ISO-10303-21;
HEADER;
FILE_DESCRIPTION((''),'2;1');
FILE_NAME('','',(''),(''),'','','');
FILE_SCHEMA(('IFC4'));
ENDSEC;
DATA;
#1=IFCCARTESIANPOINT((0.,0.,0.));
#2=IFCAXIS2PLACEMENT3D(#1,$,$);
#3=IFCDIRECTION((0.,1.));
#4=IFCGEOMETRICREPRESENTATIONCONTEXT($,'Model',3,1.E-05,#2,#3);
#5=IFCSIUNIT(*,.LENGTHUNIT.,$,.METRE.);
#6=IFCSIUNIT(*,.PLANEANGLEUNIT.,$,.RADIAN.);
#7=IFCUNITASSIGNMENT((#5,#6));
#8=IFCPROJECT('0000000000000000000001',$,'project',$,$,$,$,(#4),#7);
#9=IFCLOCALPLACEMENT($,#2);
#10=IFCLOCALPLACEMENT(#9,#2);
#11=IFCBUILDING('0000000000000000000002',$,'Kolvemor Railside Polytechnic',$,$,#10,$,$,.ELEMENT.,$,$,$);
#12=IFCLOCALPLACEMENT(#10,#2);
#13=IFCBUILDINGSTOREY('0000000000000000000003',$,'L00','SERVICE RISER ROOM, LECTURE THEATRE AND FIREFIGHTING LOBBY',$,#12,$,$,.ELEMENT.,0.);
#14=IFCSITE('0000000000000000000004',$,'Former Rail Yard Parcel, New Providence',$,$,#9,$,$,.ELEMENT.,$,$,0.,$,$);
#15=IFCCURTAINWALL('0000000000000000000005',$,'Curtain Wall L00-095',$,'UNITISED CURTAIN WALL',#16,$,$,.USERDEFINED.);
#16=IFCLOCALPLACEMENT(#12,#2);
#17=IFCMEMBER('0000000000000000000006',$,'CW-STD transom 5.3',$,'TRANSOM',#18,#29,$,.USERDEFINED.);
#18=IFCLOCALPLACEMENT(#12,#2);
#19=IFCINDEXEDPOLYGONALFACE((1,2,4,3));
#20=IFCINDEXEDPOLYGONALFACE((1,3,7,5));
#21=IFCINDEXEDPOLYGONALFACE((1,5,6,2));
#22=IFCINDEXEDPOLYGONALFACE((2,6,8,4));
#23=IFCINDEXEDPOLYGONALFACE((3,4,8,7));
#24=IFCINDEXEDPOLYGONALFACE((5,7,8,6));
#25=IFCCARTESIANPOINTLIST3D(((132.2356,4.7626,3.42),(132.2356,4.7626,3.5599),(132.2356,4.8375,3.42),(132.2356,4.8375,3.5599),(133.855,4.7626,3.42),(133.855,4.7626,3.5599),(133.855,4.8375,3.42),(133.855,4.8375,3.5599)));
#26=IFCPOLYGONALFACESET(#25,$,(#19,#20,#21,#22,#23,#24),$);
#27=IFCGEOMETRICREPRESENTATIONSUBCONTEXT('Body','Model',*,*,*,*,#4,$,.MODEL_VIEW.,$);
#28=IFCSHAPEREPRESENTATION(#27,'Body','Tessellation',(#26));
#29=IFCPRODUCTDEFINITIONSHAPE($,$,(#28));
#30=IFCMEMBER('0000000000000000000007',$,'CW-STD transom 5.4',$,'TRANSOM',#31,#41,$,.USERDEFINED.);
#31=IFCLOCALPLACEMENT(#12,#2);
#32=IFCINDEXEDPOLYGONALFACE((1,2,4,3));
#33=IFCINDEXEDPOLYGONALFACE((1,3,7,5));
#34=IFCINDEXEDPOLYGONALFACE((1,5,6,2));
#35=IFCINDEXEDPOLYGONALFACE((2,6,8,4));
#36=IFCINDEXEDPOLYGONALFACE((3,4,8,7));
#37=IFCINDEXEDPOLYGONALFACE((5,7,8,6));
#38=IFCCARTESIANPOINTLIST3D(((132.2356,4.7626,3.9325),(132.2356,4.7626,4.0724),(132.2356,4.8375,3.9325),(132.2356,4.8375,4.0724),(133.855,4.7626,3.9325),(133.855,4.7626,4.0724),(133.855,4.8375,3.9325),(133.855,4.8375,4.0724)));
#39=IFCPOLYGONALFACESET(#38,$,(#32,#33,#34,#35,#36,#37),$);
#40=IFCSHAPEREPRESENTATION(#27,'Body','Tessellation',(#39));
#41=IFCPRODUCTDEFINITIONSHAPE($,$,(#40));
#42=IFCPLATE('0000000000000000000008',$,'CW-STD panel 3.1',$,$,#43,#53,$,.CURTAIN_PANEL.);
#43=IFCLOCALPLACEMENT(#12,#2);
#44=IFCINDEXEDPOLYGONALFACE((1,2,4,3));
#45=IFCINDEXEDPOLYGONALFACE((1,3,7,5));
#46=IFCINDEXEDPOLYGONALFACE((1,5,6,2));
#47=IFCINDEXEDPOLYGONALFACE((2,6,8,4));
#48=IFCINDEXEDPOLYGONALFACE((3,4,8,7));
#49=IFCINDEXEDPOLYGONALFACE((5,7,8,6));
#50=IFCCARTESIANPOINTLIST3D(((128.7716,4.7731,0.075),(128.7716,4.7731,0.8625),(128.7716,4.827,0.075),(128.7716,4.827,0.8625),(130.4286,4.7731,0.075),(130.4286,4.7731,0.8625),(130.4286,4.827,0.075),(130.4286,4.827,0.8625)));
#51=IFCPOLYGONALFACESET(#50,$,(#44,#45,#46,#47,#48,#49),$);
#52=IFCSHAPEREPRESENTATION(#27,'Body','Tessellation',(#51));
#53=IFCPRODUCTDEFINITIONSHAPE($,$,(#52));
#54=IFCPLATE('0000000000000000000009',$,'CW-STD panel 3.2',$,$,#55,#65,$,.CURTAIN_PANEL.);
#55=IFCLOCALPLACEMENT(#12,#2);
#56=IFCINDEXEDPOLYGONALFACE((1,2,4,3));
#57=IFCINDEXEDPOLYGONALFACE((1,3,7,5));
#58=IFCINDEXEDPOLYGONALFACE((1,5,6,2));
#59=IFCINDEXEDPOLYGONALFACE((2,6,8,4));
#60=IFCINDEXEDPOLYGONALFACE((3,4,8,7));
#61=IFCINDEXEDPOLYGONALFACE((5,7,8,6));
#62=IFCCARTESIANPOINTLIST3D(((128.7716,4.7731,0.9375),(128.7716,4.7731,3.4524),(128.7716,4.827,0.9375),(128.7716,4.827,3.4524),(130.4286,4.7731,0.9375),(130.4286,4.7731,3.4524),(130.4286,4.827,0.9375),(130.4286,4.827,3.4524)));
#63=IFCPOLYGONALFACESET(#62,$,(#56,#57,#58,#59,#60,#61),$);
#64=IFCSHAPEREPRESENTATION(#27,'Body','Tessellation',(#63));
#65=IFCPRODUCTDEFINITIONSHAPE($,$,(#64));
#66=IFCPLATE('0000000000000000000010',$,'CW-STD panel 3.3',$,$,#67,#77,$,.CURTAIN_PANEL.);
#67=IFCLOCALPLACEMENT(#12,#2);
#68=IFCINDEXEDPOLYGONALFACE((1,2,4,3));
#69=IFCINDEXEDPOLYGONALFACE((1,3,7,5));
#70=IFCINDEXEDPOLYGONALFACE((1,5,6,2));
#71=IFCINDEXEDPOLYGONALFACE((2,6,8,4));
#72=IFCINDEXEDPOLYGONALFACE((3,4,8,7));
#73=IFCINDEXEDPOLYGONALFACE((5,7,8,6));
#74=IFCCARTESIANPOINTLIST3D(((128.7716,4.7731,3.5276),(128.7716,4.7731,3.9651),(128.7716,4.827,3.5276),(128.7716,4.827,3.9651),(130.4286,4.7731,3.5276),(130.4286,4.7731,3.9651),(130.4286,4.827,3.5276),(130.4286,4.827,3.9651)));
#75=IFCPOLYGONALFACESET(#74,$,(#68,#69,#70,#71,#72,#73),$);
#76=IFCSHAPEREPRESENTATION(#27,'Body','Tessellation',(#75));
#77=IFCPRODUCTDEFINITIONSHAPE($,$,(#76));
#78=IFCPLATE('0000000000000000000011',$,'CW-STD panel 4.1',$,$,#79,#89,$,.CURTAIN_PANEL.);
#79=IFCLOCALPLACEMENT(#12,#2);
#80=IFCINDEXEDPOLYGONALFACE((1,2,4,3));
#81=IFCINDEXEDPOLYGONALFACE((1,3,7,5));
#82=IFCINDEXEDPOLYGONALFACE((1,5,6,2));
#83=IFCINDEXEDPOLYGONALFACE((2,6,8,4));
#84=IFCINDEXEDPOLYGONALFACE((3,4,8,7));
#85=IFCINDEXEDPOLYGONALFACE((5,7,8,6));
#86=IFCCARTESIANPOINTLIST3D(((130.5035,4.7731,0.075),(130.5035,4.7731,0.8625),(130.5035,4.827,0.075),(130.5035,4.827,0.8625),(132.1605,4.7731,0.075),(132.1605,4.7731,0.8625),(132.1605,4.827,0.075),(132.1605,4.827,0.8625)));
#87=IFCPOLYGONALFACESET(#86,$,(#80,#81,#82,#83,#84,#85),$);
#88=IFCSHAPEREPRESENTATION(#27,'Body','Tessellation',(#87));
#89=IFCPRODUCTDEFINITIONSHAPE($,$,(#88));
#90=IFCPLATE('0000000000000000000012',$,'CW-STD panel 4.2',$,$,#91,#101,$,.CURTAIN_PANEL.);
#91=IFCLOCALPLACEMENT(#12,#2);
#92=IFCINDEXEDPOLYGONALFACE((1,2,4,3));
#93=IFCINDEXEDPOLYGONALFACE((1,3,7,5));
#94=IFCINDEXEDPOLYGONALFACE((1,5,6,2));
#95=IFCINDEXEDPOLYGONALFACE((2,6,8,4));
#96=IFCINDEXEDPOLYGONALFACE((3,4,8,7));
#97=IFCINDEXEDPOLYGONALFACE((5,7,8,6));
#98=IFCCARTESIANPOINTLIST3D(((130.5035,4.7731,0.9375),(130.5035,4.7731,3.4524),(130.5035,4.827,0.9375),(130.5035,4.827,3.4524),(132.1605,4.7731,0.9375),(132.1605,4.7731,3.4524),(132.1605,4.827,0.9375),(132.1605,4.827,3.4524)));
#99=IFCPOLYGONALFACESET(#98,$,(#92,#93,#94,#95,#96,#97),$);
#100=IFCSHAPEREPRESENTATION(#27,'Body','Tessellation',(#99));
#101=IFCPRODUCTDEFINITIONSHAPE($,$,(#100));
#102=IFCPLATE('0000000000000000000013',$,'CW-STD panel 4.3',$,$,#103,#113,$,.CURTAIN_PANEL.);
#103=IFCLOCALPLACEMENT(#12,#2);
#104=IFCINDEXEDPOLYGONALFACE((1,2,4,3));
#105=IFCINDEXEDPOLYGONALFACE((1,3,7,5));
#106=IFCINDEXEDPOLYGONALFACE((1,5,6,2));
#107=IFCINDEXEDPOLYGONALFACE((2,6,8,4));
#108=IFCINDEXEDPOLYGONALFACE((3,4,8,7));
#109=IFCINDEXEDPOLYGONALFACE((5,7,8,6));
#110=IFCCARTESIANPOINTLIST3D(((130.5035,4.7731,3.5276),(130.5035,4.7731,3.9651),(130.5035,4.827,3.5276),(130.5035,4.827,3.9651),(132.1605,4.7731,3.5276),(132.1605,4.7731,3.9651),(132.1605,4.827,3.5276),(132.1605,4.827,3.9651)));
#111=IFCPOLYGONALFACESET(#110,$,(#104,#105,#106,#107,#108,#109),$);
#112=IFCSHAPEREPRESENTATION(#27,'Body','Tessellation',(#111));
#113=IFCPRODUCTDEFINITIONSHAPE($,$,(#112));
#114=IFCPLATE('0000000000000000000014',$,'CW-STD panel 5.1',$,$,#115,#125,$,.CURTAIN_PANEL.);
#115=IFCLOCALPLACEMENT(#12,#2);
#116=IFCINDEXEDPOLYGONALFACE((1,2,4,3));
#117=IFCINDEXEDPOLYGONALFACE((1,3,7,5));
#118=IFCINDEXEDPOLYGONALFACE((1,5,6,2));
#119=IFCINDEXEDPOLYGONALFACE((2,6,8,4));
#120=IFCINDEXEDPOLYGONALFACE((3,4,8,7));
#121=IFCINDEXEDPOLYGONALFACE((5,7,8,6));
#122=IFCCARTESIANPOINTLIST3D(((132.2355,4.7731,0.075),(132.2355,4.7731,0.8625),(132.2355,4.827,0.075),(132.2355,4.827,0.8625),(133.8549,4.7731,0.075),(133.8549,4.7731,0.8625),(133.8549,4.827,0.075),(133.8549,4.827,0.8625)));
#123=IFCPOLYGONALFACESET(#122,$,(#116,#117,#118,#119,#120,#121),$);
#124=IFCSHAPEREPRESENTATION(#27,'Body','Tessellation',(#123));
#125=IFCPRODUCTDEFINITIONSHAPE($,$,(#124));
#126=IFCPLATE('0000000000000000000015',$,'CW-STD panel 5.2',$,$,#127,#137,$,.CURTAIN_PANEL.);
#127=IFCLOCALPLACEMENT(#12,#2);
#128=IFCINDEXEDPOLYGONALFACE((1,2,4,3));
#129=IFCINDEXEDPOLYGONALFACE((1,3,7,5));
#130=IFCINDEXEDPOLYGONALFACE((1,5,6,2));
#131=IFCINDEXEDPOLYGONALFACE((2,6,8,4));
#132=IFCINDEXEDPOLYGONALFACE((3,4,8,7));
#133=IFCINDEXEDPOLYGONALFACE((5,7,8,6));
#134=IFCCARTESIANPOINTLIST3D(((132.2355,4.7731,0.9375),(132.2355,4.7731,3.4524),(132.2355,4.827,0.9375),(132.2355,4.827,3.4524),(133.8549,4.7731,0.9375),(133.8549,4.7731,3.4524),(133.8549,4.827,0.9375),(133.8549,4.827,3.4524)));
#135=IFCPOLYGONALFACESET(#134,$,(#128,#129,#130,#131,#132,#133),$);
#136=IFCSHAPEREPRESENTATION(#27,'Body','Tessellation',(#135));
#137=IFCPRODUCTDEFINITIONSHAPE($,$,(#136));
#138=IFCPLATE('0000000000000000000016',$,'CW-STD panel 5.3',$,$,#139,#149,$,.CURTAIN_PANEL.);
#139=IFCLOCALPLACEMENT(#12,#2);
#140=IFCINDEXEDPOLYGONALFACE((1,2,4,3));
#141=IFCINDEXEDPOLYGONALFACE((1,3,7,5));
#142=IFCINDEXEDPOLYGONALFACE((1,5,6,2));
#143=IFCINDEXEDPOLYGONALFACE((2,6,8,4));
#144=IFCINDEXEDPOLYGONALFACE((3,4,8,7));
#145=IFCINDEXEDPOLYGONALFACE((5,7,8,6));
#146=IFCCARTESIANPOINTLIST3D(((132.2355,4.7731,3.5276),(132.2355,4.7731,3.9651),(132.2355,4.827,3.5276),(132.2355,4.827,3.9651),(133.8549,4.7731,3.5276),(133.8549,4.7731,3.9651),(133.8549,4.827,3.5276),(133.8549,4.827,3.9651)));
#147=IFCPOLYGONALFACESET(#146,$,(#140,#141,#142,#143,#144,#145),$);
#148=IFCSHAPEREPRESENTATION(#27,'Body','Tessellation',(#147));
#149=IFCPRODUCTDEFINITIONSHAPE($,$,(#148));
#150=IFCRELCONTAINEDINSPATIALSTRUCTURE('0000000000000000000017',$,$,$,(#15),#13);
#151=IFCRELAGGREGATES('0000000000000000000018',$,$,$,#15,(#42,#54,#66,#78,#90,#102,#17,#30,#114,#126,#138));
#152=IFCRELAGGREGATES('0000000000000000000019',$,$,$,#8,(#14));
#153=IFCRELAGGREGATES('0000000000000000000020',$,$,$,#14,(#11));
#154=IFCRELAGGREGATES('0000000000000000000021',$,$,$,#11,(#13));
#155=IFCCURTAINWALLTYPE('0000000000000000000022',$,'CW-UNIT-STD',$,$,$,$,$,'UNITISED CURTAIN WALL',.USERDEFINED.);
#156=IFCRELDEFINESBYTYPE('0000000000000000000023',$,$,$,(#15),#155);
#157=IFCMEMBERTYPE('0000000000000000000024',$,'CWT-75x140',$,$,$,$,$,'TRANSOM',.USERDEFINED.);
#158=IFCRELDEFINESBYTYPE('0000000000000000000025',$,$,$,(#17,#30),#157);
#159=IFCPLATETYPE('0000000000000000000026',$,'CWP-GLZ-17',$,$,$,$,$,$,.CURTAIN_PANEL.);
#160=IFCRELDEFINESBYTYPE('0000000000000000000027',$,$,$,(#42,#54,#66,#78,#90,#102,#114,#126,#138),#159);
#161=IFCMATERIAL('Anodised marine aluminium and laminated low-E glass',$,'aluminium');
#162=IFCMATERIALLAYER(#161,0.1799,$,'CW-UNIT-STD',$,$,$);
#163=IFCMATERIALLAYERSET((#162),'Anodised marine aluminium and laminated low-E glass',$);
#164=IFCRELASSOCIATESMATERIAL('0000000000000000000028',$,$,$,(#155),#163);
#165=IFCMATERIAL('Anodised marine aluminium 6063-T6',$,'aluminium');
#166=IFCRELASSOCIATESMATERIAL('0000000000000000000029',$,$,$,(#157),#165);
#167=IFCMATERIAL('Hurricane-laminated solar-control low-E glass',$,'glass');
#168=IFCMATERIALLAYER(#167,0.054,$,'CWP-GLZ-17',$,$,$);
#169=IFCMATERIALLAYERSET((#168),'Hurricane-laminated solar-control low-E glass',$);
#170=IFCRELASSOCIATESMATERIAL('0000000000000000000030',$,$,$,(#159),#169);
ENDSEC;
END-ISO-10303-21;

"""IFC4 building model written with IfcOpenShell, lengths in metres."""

from ifc_helpers import new_model, si_unit, direction, frame, origin, origin_2d, place, context, subcontext, project, spatial, rectangle, extrude, material, layer, layer_set, material_profile, profile_set, type_object, element, aggregate, save


model = new_model("IFC4")

# Units and contexts
model_context = context("Model", 3, precision=1e-05, world=origin(), true_north=direction((0.0, 1.0)))
body_context = subcontext(model_context, "Body", "Model", "MODEL_VIEW")
ifc_project = project(units=[si_unit("LENGTHUNIT", "METRE"), si_unit("PLANEANGLEUNIT", "RADIAN")], contexts=[model_context])

# Site, building, storey
site_placement = place(None, origin())
site = spatial("IfcSite", under=ifc_project, at=site_placement, Name="Former Rail Yard Parcel, New Providence", CompositionType="ELEMENT", RefElevation=0.0)
building_placement = place(site_placement, origin())
building = spatial("IfcBuilding", under=site, at=building_placement, Name="Kolvemor Railside Polytechnic", CompositionType="ELEMENT")
storey_placement = place(building_placement, origin())
storey = spatial("IfcBuildingStorey", under=building, at=storey_placement, Name="L00", Description="SERVICE RISER ROOM, LECTURE THEATRE AND FIREFIGHTING LOBBY", CompositionType="ELEMENT", Elevation=0.0)

# Curtain wall, members, plates
ifc_material_1 = material(Name="Anodised marine aluminium and laminated low-E glass", Category="aluminium")
ifc_layer_1 = layer(ifc_material_1, 0.1799, Name="CW-UNIT-STD")
ifc_layer_set_1 = layer_set([ifc_layer_1], Name="Anodised marine aluminium and laminated low-E glass")
curtain_wall_type = type_object("IfcCurtainWallType", Name="CW-UNIT-STD", ElementType="UNITISED CURTAIN WALL", PredefinedType="USERDEFINED", material=ifc_layer_set_1)
curtain_wall_placement = place(storey_placement, origin())
curtain_wall = element("IfcCurtainWall", 1, at=curtain_wall_placement, inside=storey, type_object=curtain_wall_type, Name="Curtain Wall L00-095", ObjectType="UNITISED CURTAIN WALL", PredefinedType="USERDEFINED")
ifc_material_2 = material(Name="Anodised marine aluminium 6063-T6", Category="aluminium")
ifc_material_profile_1 = material_profile(ifc_material_2, rectangle(XDim=0.075, YDim=0.1399, at=origin_2d()), Name="CW-TRN-75x140")
ifc_profile_set_1 = profile_set([ifc_material_profile_1], Name="Anodised marine aluminium 6063-T6")
member_type_1 = type_object("IfcMemberType", Name="CWT-75x140", ElementType="TRANSOM", PredefinedType="USERDEFINED", material=ifc_profile_set_1)
member_1_placement = place(storey_placement, frame((132.2356, 4.8, 3.49), z_axis=(1.0, 0.0, 0.0), x_axis=(0.0, 1.0, 0.0)))
member_1 = element("IfcMember", 2, at=member_1_placement, type_object=member_type_1, Name="CW-STD transom 5.3", ObjectType="TRANSOM", PredefinedType="USERDEFINED", context=body_context, shape_type="SweptSolid", body=[
    extrude(rectangle(XDim=0.075, YDim=0.1399, at=origin_2d()), origin(), (0.0, 0.0, 1.0), 1.6194),
])
member_2_placement = place(storey_placement, frame((132.2356, 4.8, 4.0024), z_axis=(1.0, 0.0, 0.0), x_axis=(0.0, 1.0, 0.0)))
member_2 = element("IfcMember", 3, at=member_2_placement, type_object=member_type_1, Name="CW-STD transom 5.4", ObjectType="TRANSOM", PredefinedType="USERDEFINED", context=body_context, shape_type="SweptSolid", body=[
    extrude(rectangle(XDim=0.075, YDim=0.1399, at=origin_2d()), origin(), (0.0, 0.0, 1.0), 1.6194),
])
ifc_material_3 = material(Name="Hurricane-laminated solar-control low-E glass", Category="glass")
ifc_layer_2 = layer(ifc_material_3, 0.054, Name="CWP-GLZ-17")
ifc_layer_set_2 = layer_set([ifc_layer_2], Name="Hurricane-laminated solar-control low-E glass")
plate_type = type_object("IfcPlateType", Name="CWP-GLZ-17", PredefinedType="CURTAIN_PANEL", material=ifc_layer_set_2)
plate_1_placement = place(storey_placement, frame((129.6001, 4.8, 0.075), z_axis=(0.0, 0.0, 1.0), x_axis=(1.0, 0.0, 0.0)))
plate_1 = element("IfcPlate", 4, at=plate_1_placement, type_object=plate_type, Name="CW-STD panel 3.1", PredefinedType="CURTAIN_PANEL", context=body_context, shape_type="SweptSolid", body=[
    extrude(rectangle(XDim=1.657, YDim=0.054, at=origin_2d()), origin(), (0.0, 0.0, 1.0), 0.7876),
])
plate_2_placement = place(storey_placement, frame((129.6001, 4.8, 0.9375), z_axis=(0.0, 0.0, 1.0), x_axis=(1.0, 0.0, 0.0)))
plate_2 = element("IfcPlate", 5, at=plate_2_placement, type_object=plate_type, Name="CW-STD panel 3.2", PredefinedType="CURTAIN_PANEL", context=body_context, shape_type="SweptSolid", body=[
    extrude(rectangle(XDim=1.657, YDim=0.054, at=origin_2d()), origin(), (0.0, 0.0, 1.0), 2.5149),
])
plate_3_placement = place(storey_placement, frame((129.6001, 4.8, 3.5276), z_axis=(0.0, 0.0, 1.0), x_axis=(1.0, 0.0, 0.0)))
plate_3 = element("IfcPlate", 6, at=plate_3_placement, type_object=plate_type, Name="CW-STD panel 3.3", PredefinedType="CURTAIN_PANEL", context=body_context, shape_type="SweptSolid", body=[
    extrude(rectangle(XDim=1.657, YDim=0.054, at=origin_2d()), origin(), (0.0, 0.0, 1.0), 0.4375),
])
plate_4_placement = place(storey_placement, frame((131.332, 4.8, 0.075), z_axis=(0.0, 0.0, 1.0), x_axis=(1.0, 0.0, 0.0)))
plate_4 = element("IfcPlate", 7, at=plate_4_placement, type_object=plate_type, Name="CW-STD panel 4.1", PredefinedType="CURTAIN_PANEL", context=body_context, shape_type="SweptSolid", body=[
    extrude(rectangle(XDim=1.657, YDim=0.054, at=origin_2d()), origin(), (0.0, 0.0, 1.0), 0.7876),
])
plate_5_placement = place(storey_placement, frame((131.332, 4.8, 0.9375), z_axis=(0.0, 0.0, 1.0), x_axis=(1.0, 0.0, 0.0)))
plate_5 = element("IfcPlate", 8, at=plate_5_placement, type_object=plate_type, Name="CW-STD panel 4.2", PredefinedType="CURTAIN_PANEL", context=body_context, shape_type="SweptSolid", body=[
    extrude(rectangle(XDim=1.657, YDim=0.054, at=origin_2d()), origin(), (0.0, 0.0, 1.0), 2.5149),
])
plate_6_placement = place(storey_placement, frame((131.332, 4.8, 3.5276), z_axis=(0.0, 0.0, 1.0), x_axis=(1.0, 0.0, 0.0)))
plate_6 = element("IfcPlate", 9, at=plate_6_placement, type_object=plate_type, Name="CW-STD panel 4.3", PredefinedType="CURTAIN_PANEL", context=body_context, shape_type="SweptSolid", body=[
    extrude(rectangle(XDim=1.657, YDim=0.054, at=origin_2d()), origin(), (0.0, 0.0, 1.0), 0.4375),
])
plate_7_placement = place(storey_placement, frame((133.0452, 4.8, 0.075), z_axis=(0.0, 0.0, 1.0), x_axis=(1.0, 0.0, 0.0)))
plate_7 = element("IfcPlate", 10, at=plate_7_placement, type_object=plate_type, Name="CW-STD panel 5.1", PredefinedType="CURTAIN_PANEL", context=body_context, shape_type="SweptSolid", body=[
    extrude(rectangle(XDim=1.6194, YDim=0.054, at=origin_2d()), origin(), (0.0, 0.0, 1.0), 0.7876),
])
plate_8_placement = place(storey_placement, frame((133.0452, 4.8, 0.9375), z_axis=(0.0, 0.0, 1.0), x_axis=(1.0, 0.0, 0.0)))
plate_8 = element("IfcPlate", 11, at=plate_8_placement, type_object=plate_type, Name="CW-STD panel 5.2", PredefinedType="CURTAIN_PANEL", context=body_context, shape_type="SweptSolid", body=[
    extrude(rectangle(XDim=1.6194, YDim=0.054, at=origin_2d()), origin(), (0.0, 0.0, 1.0), 2.5149),
])
plate_9_placement = place(storey_placement, frame((133.0452, 4.8, 3.5276), z_axis=(0.0, 0.0, 1.0), x_axis=(1.0, 0.0, 0.0)))
plate_9 = element("IfcPlate", 12, at=plate_9_placement, type_object=plate_type, Name="CW-STD panel 5.3", PredefinedType="CURTAIN_PANEL", context=body_context, shape_type="SweptSolid", body=[
    extrude(rectangle(XDim=1.6194, YDim=0.054, at=origin_2d()), origin(), (0.0, 0.0, 1.0), 0.4375),
])
aggregate(curtain_wall, [plate_1, plate_2, plate_3, plate_4, plate_5, plate_6, member_1, member_2, plate_7, plate_8, plate_9])

save(model, "model.ifc")
